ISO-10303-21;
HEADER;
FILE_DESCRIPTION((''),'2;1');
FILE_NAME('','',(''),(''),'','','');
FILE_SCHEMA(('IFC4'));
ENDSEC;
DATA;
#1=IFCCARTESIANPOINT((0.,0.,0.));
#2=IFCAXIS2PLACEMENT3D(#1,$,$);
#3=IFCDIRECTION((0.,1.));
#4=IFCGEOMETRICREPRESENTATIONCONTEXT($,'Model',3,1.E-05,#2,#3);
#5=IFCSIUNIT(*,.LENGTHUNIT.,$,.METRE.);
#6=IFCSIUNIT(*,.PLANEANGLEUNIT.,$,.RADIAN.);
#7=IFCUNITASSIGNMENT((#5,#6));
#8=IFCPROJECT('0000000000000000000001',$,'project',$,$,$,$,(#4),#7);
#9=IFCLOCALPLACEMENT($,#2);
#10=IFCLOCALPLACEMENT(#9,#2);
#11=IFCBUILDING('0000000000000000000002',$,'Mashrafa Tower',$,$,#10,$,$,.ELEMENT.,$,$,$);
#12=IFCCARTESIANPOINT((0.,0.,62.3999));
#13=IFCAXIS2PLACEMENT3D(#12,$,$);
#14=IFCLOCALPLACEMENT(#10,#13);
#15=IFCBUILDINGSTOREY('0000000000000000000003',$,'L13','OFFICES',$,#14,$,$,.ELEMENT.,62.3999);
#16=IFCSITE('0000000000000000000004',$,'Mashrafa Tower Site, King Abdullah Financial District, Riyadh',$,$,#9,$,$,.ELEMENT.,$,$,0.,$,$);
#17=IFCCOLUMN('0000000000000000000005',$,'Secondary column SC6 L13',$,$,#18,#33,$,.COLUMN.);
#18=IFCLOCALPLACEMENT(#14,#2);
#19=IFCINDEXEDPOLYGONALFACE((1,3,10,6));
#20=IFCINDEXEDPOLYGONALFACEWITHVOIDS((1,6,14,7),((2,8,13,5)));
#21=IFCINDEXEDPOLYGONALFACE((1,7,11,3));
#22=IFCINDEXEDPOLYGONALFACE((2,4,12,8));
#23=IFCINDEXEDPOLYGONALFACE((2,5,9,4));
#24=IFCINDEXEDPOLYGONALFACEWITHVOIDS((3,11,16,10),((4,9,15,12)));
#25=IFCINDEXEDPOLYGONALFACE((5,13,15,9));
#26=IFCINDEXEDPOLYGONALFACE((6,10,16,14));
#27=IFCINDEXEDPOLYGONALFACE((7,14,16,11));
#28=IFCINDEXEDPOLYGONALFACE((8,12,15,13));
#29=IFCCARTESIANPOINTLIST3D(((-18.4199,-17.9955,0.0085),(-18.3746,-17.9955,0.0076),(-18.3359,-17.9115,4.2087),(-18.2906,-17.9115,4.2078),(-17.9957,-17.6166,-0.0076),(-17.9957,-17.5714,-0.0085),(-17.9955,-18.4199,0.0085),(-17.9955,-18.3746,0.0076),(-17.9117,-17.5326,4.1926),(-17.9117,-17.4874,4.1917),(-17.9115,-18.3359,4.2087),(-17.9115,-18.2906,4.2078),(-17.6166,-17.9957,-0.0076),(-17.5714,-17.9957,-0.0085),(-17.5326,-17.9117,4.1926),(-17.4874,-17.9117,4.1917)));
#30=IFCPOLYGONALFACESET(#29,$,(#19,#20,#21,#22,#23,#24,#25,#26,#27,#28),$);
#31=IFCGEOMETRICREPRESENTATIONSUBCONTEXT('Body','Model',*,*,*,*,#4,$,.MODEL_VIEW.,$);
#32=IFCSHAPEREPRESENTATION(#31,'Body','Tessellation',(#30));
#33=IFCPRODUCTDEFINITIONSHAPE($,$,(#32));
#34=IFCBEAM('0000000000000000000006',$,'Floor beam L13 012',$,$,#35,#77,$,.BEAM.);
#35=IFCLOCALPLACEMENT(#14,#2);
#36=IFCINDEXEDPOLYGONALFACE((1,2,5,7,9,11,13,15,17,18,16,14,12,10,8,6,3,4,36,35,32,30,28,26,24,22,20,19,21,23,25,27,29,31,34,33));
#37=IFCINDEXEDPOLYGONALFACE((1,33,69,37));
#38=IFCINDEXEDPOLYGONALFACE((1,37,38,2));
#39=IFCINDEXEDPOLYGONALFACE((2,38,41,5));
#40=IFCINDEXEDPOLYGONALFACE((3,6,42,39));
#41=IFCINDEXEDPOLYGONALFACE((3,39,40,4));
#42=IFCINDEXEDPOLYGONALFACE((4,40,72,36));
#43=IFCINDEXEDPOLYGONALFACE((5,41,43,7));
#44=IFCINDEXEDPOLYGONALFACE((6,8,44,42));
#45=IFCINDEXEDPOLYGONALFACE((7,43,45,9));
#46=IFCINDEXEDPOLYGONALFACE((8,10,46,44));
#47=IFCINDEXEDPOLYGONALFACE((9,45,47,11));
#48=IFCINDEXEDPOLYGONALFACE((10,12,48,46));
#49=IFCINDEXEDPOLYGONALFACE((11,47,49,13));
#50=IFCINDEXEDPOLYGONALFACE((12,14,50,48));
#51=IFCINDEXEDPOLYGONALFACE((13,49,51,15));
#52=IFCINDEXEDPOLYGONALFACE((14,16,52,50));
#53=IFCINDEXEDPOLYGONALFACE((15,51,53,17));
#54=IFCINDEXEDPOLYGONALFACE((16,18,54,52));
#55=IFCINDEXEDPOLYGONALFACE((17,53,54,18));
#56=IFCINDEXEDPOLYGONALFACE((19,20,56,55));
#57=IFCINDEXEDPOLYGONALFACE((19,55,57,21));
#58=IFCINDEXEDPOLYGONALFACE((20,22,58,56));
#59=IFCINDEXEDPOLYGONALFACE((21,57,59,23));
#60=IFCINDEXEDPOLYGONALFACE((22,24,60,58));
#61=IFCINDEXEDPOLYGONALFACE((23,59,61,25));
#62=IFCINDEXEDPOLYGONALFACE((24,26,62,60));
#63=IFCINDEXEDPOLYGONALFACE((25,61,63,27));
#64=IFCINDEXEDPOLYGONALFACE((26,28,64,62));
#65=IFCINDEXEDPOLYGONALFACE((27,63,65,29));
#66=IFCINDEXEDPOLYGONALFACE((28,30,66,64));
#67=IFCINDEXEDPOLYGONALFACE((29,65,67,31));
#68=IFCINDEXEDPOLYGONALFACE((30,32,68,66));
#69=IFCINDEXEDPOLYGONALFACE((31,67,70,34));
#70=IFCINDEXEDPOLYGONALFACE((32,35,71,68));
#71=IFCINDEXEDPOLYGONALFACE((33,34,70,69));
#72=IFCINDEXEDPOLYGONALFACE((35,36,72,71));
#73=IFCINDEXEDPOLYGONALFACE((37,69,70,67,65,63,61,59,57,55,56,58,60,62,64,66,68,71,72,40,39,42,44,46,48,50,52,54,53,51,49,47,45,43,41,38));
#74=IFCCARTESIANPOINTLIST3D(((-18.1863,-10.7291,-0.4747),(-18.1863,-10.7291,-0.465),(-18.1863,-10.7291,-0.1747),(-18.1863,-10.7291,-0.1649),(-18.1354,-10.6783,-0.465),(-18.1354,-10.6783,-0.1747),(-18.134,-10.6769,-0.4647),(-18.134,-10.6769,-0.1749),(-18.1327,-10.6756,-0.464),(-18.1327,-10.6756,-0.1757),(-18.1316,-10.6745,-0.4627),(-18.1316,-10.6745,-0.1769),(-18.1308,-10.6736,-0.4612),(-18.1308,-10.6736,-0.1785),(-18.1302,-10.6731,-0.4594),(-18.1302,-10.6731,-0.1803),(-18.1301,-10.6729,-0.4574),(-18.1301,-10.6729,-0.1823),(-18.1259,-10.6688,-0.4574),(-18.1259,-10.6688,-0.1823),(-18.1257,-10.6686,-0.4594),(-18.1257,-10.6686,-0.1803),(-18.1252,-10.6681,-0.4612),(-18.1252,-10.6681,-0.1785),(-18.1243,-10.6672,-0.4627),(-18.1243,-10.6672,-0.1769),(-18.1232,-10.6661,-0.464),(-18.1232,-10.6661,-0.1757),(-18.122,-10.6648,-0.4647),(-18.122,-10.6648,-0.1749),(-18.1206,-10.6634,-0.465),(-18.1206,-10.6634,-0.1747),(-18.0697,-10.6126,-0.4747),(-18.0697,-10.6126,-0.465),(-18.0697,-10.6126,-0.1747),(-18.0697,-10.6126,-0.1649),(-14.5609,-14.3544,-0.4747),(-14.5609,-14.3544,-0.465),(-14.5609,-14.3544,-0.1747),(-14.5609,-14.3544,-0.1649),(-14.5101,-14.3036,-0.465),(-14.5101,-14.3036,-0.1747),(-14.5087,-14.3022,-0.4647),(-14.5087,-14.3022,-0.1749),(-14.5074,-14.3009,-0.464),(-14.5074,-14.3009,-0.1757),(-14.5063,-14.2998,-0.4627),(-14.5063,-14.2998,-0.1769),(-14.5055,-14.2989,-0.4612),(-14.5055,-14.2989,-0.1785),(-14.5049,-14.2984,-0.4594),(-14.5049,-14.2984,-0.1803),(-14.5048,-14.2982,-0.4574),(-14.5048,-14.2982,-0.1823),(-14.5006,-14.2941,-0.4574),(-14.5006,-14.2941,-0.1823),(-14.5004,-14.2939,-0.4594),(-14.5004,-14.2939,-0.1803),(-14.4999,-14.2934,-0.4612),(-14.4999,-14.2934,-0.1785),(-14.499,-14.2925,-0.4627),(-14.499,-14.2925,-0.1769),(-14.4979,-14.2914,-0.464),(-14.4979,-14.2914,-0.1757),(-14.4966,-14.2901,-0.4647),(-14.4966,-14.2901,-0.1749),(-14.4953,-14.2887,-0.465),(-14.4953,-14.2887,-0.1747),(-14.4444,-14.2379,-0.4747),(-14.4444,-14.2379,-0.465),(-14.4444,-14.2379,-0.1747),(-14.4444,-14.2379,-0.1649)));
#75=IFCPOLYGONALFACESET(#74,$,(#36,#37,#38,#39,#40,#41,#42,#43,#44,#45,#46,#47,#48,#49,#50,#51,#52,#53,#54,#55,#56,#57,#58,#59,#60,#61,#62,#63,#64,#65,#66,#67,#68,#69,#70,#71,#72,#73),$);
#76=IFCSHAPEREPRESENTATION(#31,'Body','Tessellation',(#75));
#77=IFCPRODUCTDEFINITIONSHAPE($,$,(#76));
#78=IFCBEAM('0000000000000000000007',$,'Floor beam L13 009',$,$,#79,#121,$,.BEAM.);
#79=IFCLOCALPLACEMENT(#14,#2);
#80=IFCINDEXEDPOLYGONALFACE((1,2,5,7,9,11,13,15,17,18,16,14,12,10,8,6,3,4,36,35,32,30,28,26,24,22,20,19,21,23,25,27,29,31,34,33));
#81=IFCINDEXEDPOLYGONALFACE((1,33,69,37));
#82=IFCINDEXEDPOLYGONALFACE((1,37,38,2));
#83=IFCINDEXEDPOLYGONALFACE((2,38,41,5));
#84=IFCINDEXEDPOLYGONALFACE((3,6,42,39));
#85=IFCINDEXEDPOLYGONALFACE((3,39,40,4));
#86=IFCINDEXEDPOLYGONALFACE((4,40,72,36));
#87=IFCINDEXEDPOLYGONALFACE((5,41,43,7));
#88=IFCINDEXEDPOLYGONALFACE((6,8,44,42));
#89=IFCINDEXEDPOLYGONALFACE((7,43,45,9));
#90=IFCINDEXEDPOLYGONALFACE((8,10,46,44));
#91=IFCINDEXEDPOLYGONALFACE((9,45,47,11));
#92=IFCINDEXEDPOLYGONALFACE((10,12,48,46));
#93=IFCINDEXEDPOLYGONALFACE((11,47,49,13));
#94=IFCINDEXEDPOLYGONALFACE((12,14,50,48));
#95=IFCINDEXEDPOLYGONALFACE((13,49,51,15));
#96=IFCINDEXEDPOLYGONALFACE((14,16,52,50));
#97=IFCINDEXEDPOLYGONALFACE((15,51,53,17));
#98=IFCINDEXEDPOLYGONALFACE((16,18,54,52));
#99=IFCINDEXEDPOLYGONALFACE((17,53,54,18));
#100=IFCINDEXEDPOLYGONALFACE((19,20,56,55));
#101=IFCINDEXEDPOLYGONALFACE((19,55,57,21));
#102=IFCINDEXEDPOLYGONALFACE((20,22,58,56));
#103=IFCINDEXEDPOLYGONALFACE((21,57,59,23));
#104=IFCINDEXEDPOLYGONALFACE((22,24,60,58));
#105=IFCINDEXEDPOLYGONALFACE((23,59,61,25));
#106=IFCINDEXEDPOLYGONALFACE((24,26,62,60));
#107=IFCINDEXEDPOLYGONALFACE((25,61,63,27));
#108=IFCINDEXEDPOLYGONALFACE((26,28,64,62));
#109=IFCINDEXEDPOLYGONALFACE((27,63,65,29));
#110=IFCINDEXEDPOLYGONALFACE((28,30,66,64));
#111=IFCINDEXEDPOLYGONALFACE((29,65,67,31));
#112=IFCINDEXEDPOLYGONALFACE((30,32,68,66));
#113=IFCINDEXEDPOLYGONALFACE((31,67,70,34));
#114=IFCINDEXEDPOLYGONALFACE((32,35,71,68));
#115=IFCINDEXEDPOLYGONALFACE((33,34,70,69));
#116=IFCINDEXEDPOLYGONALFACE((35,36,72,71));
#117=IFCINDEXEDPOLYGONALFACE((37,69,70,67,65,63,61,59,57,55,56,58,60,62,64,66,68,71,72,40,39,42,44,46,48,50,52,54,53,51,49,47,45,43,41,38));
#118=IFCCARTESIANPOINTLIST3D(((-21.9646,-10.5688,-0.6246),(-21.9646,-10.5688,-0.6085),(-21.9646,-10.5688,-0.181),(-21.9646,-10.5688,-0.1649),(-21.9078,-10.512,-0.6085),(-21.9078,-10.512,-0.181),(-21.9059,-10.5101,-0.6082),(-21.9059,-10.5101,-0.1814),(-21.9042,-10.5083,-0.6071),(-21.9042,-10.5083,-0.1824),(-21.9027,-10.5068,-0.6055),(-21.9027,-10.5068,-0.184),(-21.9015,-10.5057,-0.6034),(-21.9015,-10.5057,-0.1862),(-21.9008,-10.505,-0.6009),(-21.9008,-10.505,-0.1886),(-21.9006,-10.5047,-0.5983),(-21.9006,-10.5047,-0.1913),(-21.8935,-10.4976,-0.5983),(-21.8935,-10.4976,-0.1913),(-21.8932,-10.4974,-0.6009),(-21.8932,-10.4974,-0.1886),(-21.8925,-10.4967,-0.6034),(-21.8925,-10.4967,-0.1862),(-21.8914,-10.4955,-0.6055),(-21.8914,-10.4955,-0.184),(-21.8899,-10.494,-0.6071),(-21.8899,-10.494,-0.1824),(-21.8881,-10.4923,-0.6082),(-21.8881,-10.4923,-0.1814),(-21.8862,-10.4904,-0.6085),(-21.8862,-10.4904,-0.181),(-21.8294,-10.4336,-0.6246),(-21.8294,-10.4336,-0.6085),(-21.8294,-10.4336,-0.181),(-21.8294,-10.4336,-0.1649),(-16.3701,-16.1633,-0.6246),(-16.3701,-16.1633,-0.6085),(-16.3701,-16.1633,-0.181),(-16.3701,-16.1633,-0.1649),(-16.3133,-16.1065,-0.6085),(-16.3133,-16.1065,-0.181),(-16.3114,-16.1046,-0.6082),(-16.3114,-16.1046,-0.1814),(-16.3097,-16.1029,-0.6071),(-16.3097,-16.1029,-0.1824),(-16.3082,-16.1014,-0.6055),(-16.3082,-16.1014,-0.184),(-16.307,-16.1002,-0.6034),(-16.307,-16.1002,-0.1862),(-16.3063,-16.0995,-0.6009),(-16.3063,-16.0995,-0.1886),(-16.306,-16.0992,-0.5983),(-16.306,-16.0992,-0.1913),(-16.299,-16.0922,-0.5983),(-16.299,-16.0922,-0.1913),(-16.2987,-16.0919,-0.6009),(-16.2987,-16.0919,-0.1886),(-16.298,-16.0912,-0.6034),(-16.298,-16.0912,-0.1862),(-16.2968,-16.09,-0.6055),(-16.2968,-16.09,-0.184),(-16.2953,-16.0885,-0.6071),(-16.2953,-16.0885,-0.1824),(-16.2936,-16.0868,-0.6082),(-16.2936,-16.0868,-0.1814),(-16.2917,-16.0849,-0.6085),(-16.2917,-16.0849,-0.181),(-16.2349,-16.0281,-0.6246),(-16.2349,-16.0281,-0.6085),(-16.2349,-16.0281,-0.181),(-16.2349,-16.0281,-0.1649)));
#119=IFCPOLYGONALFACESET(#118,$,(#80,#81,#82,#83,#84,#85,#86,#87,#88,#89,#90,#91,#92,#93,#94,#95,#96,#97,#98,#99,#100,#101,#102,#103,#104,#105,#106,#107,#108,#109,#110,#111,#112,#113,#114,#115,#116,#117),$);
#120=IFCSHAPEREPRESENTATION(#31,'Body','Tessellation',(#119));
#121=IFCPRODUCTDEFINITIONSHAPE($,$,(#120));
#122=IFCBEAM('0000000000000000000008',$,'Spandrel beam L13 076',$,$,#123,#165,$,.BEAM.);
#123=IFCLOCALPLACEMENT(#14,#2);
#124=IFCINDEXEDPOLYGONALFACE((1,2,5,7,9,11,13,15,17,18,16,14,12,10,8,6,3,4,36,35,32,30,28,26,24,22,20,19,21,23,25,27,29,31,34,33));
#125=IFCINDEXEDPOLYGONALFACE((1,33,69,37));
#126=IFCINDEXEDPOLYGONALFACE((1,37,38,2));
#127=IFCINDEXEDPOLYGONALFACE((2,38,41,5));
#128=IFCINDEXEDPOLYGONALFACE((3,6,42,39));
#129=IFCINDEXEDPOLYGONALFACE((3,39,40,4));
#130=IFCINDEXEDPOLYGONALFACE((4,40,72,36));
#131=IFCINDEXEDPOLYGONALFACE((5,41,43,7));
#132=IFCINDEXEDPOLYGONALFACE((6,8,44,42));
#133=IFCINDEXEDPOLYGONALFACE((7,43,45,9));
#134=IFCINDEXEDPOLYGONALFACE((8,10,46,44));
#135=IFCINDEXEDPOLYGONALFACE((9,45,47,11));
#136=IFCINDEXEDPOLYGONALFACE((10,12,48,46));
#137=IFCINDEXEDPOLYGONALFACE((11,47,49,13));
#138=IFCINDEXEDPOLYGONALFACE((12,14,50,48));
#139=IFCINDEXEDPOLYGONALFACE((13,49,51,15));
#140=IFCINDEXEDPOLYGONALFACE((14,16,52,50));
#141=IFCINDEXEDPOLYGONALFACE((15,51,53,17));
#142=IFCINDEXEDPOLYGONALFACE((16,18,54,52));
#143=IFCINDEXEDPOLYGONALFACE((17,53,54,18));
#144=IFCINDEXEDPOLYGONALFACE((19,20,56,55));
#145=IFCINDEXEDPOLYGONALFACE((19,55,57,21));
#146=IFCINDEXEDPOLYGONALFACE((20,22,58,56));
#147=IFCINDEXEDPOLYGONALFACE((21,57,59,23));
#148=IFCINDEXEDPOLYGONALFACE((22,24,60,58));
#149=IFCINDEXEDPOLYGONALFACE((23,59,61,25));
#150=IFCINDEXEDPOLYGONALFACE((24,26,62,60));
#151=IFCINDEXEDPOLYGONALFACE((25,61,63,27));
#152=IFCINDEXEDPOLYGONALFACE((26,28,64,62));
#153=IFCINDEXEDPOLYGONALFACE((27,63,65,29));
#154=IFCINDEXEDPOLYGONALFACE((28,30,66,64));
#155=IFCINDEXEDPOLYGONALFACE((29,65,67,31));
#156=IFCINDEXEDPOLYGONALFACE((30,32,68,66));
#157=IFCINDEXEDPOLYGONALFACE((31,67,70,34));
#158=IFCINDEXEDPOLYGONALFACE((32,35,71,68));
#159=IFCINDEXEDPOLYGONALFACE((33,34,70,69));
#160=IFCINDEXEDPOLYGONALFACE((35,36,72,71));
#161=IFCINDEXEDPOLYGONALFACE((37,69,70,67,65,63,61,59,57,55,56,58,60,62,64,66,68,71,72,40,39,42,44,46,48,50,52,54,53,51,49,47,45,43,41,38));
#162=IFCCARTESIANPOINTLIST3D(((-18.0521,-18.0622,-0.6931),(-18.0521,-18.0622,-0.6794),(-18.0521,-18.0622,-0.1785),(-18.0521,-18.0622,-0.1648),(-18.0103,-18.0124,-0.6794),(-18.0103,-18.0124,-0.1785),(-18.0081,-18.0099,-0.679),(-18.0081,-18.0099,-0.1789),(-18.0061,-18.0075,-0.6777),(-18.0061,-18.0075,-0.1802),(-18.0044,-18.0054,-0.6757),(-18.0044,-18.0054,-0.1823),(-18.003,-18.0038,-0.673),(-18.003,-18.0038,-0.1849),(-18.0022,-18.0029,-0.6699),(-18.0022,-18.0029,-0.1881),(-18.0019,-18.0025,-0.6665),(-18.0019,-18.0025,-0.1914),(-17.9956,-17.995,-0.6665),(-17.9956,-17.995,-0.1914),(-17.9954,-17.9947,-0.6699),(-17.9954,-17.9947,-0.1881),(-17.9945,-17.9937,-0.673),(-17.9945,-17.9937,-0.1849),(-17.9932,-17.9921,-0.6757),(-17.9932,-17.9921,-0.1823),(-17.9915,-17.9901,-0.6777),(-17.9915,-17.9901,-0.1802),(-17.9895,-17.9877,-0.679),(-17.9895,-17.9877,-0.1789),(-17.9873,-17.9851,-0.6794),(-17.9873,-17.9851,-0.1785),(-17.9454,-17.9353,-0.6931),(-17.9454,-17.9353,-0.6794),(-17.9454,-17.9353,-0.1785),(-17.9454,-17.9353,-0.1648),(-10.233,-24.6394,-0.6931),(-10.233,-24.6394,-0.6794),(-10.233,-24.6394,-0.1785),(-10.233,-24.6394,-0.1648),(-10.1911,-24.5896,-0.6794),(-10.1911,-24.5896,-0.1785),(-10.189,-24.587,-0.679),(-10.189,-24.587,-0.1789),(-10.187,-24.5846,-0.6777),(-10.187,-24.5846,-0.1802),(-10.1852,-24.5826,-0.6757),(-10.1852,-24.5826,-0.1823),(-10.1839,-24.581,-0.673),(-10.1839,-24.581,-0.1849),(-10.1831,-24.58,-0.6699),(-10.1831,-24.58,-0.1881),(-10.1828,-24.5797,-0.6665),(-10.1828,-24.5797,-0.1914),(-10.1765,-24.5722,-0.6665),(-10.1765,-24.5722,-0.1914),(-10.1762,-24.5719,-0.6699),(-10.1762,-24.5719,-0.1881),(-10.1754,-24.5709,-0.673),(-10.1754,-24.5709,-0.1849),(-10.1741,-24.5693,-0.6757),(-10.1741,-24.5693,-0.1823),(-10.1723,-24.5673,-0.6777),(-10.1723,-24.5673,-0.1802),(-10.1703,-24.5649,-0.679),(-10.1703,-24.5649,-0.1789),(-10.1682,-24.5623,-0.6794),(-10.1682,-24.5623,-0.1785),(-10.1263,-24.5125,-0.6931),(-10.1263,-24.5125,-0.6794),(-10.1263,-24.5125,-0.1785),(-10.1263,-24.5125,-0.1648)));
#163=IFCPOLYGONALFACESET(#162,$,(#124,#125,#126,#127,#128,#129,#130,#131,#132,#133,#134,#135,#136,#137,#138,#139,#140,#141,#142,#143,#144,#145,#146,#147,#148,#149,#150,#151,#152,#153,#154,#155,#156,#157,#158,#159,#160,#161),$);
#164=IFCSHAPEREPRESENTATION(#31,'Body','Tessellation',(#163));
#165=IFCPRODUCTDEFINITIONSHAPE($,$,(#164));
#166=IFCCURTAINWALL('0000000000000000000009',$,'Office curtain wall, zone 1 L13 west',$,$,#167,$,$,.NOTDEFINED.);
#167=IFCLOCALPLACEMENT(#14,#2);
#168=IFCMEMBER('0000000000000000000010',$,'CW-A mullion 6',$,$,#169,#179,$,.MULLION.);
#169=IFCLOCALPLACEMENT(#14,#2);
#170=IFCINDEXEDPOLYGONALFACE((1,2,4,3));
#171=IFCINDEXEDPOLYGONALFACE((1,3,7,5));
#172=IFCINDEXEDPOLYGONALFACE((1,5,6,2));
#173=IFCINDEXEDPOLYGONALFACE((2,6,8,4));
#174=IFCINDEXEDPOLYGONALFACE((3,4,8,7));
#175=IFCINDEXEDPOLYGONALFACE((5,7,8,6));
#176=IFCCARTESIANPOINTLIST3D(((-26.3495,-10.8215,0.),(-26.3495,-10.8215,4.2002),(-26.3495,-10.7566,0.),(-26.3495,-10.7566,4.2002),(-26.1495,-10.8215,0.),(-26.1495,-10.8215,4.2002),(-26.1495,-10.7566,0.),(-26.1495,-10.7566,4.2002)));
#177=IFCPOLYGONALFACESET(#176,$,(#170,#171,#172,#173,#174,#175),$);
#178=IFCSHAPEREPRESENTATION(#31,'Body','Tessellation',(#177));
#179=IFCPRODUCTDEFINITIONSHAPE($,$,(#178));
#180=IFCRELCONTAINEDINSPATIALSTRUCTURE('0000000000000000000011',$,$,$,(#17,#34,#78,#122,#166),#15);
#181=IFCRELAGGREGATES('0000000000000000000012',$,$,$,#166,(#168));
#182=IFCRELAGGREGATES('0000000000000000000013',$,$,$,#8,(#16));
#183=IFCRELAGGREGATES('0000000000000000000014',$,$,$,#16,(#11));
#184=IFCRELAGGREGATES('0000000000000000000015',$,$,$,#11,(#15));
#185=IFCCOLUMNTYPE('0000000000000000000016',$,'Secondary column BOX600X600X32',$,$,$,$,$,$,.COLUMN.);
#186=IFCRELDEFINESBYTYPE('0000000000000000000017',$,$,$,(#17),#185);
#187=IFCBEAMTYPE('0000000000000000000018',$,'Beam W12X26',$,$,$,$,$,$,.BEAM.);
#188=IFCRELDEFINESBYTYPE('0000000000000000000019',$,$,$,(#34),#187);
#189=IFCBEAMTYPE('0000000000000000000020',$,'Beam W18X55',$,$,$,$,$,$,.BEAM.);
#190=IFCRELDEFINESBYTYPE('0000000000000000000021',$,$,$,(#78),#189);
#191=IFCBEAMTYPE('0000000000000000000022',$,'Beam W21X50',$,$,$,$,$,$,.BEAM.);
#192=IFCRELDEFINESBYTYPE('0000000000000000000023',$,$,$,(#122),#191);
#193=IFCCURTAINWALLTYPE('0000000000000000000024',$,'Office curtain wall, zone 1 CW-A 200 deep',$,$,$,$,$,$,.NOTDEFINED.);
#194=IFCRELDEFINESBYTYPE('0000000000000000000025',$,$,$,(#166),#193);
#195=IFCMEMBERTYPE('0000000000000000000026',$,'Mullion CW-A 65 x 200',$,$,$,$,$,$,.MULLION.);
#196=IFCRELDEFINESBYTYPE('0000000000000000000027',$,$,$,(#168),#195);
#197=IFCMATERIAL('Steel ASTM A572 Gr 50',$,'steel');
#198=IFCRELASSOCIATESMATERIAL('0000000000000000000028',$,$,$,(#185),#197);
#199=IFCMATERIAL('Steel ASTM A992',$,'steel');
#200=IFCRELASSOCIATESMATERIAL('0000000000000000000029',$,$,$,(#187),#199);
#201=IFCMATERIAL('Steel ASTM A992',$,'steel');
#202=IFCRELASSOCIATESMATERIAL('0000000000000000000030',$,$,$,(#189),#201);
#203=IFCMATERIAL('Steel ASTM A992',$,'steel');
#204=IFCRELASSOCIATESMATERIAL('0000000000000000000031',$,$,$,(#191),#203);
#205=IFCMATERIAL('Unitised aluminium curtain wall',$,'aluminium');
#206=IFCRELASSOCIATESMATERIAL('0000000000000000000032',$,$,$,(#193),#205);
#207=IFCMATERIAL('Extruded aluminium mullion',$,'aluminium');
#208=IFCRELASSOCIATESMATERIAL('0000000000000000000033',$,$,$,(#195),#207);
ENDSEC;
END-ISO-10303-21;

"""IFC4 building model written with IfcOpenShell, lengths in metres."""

from ifc_helpers import new_model, si_unit, direction, frame, origin, origin_2d, place, context, subcontext, project, spatial, rectangle, hollow_rectangle, i_section, extrude, source, transform, mapped, material, material_profile, profile_set, type_object, type_shapes, element, aggregate, save


model = new_model("IFC4")

# Units and contexts
model_context = context("Model", 3, precision=1e-05, world=origin(), true_north=direction((0.0, 1.0)))
body_context = subcontext(model_context, "Body", "Model", "MODEL_VIEW")
ifc_project = project(units=[si_unit("LENGTHUNIT", "METRE"), si_unit("PLANEANGLEUNIT", "RADIAN")], contexts=[model_context])

# Site, building, storey
site_placement = place(None, origin())
site = spatial("IfcSite", under=ifc_project, at=site_placement, Name="Mashrafa Tower Site, King Abdullah Financial District, Riyadh", CompositionType="ELEMENT", RefElevation=0.0)
building_placement = place(site_placement, origin())
building = spatial("IfcBuilding", under=site, at=building_placement, Name="Mashrafa Tower", CompositionType="ELEMENT")
storey_placement = place(building_placement, frame((0.0, 0.0, 62.3999)))
storey = spatial("IfcBuildingStorey", under=building, at=storey_placement, Name="L13", Description="OFFICES", CompositionType="ELEMENT", Elevation=62.3999)

# Column
ifc_material_1 = material(Name="Steel ASTM A572 Gr 50", Category="steel")
ifc_material_profile_1 = material_profile(ifc_material_1, hollow_rectangle(XDim=0.6001, YDim=0.6001, WallThickness=0.032, at=origin_2d()), Name="BOX600X600X32")
ifc_profile_set_1 = profile_set([ifc_material_profile_1], Name="Steel ASTM A572 Gr 50")
column_type = type_object("IfcColumnType", Name="Secondary column BOX600X600X32", PredefinedType="COLUMN", material=ifc_profile_set_1)
column_placement = place(storey_placement, frame((-17.9956, -17.9956, 0.0), z_axis=(0.019987, 0.019987, 0.9996), x_axis=(-0.707107, 0.707107, 0.0)))
element("IfcColumn", 1, at=column_placement, inside=storey, type_object=column_type, Name="Secondary column SC6 L13", PredefinedType="COLUMN", context=body_context, shape_type="SweptSolid", body=[
    extrude(hollow_rectangle(XDim=0.6001, YDim=0.6001, WallThickness=0.032, at=origin_2d()), origin(), (0.0, 0.0, 1.0), 4.2019),
])

# Beams
ifc_material_2 = material(Name="Steel ASTM A992", Category="steel")
ifc_material_profile_2 = material_profile(ifc_material_2, i_section(OverallWidth=0.1648, OverallDepth=0.3098, WebThickness=0.0059, FlangeThickness=0.0098, FilletRadius=0.0076, at=origin_2d()), Name="W12X26")
ifc_profile_set_2 = profile_set([ifc_material_profile_2], Name="Steel ASTM A992")
beam_type_1 = type_object("IfcBeamType", Name="Beam W12X26", PredefinedType="BEAM", material=ifc_profile_set_2)
beam_1_placement = place(storey_placement, frame((-14.5027, -14.2961, -0.3198), z_axis=(-0.707107, 0.707107, 0.0), x_axis=(-0.707107, -0.707107, 0.0)))
element("IfcBeam", 2, at=beam_1_placement, inside=storey, type_object=beam_type_1, Name="Floor beam L13 012", PredefinedType="BEAM", context=body_context, shape_type="SweptSolid", body=[
    extrude(i_section(OverallWidth=0.1648, OverallDepth=0.3098, WebThickness=0.0059, FlangeThickness=0.0098, FilletRadius=0.0076, at=origin_2d()), origin(), (0.0, 0.0, 1.0), 5.127),
])
ifc_material_3 = material(Name="Steel ASTM A992", Category="steel")
ifc_material_profile_3 = material_profile(ifc_material_3, i_section(OverallWidth=0.1912, OverallDepth=0.4597, WebThickness=0.01, FlangeThickness=0.0161, FilletRadius=0.0103, at=origin_2d()), Name="W18X55")
ifc_profile_set_3 = profile_set([ifc_material_profile_3], Name="Steel ASTM A992")
beam_type_2 = type_object("IfcBeamType", Name="Beam W18X55", PredefinedType="BEAM", material=ifc_profile_set_3)
beam_2_placement = place(storey_placement, frame((-16.3025, -16.0957, -0.3948), z_axis=(-0.707107, 0.707107, 0.0), x_axis=(-0.707107, -0.707107, 0.0)))
element("IfcBeam", 3, at=beam_2_placement, inside=storey, type_object=beam_type_2, Name="Floor beam L13 009", PredefinedType="BEAM", context=body_context, shape_type="SweptSolid", body=[
    extrude(i_section(OverallWidth=0.1912, OverallDepth=0.4597, WebThickness=0.01, FlangeThickness=0.0161, FilletRadius=0.0103, at=origin_2d()), origin(), (0.0, 0.0, 1.0), 7.9119),
])
ifc_material_4 = material(Name="Steel ASTM A992", Category="steel")
ifc_material_profile_4 = material_profile(ifc_material_4, i_section(OverallWidth=0.1658, OverallDepth=0.5283, WebThickness=0.0098, FlangeThickness=0.0137, FilletRadius=0.0129, at=origin_2d()), Name="W21X50")
ifc_profile_set_4 = profile_set([ifc_material_profile_4], Name="Steel ASTM A992")
beam_type_3 = type_object("IfcBeamType", Name="Beam W21X50", PredefinedType="BEAM", material=ifc_profile_set_4)
beam_3_placement = place(storey_placement, frame((-17.9988, -17.9988, -0.429), z_axis=(0.765266, -0.643715, 0.0), x_axis=(0.643715, 0.765266, 0.0)))
element("IfcBeam", 4, at=beam_3_placement, inside=storey, type_object=beam_type_3, Name="Spandrel beam L13 076", PredefinedType="BEAM", context=body_context, shape_type="SweptSolid", body=[
    extrude(i_section(OverallWidth=0.1658, OverallDepth=0.5283, WebThickness=0.0098, FlangeThickness=0.0137, FilletRadius=0.0129, at=origin_2d()), origin(), (0.0, 0.0, 1.0), 10.2175),
])

# Curtain wall, member
ifc_material_5 = material(Name="Unitised aluminium curtain wall", Category="aluminium")
curtain_wall_type = type_object("IfcCurtainWallType", Name="Office curtain wall, zone 1 CW-A 200 deep", PredefinedType="NOTDEFINED", material=ifc_material_5)
curtain_wall_1_placement = place(storey_placement, origin())
curtain_wall_1 = element("IfcCurtainWall", 5, at=curtain_wall_1_placement, inside=storey, type_object=curtain_wall_type, Name="Office curtain wall, zone 1 L13 west", PredefinedType="NOTDEFINED")
ifc_material_6 = material(Name="Extruded aluminium mullion", Category="aluminium")
ifc_material_profile_5 = material_profile(ifc_material_6, rectangle(XDim=0.2, YDim=0.0649, at=origin_2d()), Name="Mullion 65x200")
ifc_profile_set_5 = profile_set([ifc_material_profile_5], Name="Extruded aluminium mullion")
member_type_1 = type_object("IfcMemberType", Name="Mullion CW-A 65 x 200", PredefinedType="MULLION", material=ifc_profile_set_5)
shared_shape_1 = source(origin(), body_context, "Body", "SweptSolid", [
    extrude(rectangle(XDim=0.2, YDim=0.0649, at=origin_2d()), origin(), (0.0, 0.0, 1.0), 4.2002),
])
type_shapes(member_type_1, [shared_shape_1])
member_1_placement = place(storey_placement, frame((-26.2495, -10.7891, 0.0), z_axis=(0.0, 0.0, 1.0), x_axis=(1.0, 0.0, 0.0)))
member_1 = element("IfcMember", 6, at=member_1_placement, type_object=member_type_1, Name="CW-A mullion 6", PredefinedType="MULLION", context=body_context, shape_type="MappedRepresentation", body=[
    mapped(shared_shape_1, transform((0.0, 0.0, 0.0))),
])
aggregate(curtain_wall_1, [member_1])

save(model, "model.ifc")
